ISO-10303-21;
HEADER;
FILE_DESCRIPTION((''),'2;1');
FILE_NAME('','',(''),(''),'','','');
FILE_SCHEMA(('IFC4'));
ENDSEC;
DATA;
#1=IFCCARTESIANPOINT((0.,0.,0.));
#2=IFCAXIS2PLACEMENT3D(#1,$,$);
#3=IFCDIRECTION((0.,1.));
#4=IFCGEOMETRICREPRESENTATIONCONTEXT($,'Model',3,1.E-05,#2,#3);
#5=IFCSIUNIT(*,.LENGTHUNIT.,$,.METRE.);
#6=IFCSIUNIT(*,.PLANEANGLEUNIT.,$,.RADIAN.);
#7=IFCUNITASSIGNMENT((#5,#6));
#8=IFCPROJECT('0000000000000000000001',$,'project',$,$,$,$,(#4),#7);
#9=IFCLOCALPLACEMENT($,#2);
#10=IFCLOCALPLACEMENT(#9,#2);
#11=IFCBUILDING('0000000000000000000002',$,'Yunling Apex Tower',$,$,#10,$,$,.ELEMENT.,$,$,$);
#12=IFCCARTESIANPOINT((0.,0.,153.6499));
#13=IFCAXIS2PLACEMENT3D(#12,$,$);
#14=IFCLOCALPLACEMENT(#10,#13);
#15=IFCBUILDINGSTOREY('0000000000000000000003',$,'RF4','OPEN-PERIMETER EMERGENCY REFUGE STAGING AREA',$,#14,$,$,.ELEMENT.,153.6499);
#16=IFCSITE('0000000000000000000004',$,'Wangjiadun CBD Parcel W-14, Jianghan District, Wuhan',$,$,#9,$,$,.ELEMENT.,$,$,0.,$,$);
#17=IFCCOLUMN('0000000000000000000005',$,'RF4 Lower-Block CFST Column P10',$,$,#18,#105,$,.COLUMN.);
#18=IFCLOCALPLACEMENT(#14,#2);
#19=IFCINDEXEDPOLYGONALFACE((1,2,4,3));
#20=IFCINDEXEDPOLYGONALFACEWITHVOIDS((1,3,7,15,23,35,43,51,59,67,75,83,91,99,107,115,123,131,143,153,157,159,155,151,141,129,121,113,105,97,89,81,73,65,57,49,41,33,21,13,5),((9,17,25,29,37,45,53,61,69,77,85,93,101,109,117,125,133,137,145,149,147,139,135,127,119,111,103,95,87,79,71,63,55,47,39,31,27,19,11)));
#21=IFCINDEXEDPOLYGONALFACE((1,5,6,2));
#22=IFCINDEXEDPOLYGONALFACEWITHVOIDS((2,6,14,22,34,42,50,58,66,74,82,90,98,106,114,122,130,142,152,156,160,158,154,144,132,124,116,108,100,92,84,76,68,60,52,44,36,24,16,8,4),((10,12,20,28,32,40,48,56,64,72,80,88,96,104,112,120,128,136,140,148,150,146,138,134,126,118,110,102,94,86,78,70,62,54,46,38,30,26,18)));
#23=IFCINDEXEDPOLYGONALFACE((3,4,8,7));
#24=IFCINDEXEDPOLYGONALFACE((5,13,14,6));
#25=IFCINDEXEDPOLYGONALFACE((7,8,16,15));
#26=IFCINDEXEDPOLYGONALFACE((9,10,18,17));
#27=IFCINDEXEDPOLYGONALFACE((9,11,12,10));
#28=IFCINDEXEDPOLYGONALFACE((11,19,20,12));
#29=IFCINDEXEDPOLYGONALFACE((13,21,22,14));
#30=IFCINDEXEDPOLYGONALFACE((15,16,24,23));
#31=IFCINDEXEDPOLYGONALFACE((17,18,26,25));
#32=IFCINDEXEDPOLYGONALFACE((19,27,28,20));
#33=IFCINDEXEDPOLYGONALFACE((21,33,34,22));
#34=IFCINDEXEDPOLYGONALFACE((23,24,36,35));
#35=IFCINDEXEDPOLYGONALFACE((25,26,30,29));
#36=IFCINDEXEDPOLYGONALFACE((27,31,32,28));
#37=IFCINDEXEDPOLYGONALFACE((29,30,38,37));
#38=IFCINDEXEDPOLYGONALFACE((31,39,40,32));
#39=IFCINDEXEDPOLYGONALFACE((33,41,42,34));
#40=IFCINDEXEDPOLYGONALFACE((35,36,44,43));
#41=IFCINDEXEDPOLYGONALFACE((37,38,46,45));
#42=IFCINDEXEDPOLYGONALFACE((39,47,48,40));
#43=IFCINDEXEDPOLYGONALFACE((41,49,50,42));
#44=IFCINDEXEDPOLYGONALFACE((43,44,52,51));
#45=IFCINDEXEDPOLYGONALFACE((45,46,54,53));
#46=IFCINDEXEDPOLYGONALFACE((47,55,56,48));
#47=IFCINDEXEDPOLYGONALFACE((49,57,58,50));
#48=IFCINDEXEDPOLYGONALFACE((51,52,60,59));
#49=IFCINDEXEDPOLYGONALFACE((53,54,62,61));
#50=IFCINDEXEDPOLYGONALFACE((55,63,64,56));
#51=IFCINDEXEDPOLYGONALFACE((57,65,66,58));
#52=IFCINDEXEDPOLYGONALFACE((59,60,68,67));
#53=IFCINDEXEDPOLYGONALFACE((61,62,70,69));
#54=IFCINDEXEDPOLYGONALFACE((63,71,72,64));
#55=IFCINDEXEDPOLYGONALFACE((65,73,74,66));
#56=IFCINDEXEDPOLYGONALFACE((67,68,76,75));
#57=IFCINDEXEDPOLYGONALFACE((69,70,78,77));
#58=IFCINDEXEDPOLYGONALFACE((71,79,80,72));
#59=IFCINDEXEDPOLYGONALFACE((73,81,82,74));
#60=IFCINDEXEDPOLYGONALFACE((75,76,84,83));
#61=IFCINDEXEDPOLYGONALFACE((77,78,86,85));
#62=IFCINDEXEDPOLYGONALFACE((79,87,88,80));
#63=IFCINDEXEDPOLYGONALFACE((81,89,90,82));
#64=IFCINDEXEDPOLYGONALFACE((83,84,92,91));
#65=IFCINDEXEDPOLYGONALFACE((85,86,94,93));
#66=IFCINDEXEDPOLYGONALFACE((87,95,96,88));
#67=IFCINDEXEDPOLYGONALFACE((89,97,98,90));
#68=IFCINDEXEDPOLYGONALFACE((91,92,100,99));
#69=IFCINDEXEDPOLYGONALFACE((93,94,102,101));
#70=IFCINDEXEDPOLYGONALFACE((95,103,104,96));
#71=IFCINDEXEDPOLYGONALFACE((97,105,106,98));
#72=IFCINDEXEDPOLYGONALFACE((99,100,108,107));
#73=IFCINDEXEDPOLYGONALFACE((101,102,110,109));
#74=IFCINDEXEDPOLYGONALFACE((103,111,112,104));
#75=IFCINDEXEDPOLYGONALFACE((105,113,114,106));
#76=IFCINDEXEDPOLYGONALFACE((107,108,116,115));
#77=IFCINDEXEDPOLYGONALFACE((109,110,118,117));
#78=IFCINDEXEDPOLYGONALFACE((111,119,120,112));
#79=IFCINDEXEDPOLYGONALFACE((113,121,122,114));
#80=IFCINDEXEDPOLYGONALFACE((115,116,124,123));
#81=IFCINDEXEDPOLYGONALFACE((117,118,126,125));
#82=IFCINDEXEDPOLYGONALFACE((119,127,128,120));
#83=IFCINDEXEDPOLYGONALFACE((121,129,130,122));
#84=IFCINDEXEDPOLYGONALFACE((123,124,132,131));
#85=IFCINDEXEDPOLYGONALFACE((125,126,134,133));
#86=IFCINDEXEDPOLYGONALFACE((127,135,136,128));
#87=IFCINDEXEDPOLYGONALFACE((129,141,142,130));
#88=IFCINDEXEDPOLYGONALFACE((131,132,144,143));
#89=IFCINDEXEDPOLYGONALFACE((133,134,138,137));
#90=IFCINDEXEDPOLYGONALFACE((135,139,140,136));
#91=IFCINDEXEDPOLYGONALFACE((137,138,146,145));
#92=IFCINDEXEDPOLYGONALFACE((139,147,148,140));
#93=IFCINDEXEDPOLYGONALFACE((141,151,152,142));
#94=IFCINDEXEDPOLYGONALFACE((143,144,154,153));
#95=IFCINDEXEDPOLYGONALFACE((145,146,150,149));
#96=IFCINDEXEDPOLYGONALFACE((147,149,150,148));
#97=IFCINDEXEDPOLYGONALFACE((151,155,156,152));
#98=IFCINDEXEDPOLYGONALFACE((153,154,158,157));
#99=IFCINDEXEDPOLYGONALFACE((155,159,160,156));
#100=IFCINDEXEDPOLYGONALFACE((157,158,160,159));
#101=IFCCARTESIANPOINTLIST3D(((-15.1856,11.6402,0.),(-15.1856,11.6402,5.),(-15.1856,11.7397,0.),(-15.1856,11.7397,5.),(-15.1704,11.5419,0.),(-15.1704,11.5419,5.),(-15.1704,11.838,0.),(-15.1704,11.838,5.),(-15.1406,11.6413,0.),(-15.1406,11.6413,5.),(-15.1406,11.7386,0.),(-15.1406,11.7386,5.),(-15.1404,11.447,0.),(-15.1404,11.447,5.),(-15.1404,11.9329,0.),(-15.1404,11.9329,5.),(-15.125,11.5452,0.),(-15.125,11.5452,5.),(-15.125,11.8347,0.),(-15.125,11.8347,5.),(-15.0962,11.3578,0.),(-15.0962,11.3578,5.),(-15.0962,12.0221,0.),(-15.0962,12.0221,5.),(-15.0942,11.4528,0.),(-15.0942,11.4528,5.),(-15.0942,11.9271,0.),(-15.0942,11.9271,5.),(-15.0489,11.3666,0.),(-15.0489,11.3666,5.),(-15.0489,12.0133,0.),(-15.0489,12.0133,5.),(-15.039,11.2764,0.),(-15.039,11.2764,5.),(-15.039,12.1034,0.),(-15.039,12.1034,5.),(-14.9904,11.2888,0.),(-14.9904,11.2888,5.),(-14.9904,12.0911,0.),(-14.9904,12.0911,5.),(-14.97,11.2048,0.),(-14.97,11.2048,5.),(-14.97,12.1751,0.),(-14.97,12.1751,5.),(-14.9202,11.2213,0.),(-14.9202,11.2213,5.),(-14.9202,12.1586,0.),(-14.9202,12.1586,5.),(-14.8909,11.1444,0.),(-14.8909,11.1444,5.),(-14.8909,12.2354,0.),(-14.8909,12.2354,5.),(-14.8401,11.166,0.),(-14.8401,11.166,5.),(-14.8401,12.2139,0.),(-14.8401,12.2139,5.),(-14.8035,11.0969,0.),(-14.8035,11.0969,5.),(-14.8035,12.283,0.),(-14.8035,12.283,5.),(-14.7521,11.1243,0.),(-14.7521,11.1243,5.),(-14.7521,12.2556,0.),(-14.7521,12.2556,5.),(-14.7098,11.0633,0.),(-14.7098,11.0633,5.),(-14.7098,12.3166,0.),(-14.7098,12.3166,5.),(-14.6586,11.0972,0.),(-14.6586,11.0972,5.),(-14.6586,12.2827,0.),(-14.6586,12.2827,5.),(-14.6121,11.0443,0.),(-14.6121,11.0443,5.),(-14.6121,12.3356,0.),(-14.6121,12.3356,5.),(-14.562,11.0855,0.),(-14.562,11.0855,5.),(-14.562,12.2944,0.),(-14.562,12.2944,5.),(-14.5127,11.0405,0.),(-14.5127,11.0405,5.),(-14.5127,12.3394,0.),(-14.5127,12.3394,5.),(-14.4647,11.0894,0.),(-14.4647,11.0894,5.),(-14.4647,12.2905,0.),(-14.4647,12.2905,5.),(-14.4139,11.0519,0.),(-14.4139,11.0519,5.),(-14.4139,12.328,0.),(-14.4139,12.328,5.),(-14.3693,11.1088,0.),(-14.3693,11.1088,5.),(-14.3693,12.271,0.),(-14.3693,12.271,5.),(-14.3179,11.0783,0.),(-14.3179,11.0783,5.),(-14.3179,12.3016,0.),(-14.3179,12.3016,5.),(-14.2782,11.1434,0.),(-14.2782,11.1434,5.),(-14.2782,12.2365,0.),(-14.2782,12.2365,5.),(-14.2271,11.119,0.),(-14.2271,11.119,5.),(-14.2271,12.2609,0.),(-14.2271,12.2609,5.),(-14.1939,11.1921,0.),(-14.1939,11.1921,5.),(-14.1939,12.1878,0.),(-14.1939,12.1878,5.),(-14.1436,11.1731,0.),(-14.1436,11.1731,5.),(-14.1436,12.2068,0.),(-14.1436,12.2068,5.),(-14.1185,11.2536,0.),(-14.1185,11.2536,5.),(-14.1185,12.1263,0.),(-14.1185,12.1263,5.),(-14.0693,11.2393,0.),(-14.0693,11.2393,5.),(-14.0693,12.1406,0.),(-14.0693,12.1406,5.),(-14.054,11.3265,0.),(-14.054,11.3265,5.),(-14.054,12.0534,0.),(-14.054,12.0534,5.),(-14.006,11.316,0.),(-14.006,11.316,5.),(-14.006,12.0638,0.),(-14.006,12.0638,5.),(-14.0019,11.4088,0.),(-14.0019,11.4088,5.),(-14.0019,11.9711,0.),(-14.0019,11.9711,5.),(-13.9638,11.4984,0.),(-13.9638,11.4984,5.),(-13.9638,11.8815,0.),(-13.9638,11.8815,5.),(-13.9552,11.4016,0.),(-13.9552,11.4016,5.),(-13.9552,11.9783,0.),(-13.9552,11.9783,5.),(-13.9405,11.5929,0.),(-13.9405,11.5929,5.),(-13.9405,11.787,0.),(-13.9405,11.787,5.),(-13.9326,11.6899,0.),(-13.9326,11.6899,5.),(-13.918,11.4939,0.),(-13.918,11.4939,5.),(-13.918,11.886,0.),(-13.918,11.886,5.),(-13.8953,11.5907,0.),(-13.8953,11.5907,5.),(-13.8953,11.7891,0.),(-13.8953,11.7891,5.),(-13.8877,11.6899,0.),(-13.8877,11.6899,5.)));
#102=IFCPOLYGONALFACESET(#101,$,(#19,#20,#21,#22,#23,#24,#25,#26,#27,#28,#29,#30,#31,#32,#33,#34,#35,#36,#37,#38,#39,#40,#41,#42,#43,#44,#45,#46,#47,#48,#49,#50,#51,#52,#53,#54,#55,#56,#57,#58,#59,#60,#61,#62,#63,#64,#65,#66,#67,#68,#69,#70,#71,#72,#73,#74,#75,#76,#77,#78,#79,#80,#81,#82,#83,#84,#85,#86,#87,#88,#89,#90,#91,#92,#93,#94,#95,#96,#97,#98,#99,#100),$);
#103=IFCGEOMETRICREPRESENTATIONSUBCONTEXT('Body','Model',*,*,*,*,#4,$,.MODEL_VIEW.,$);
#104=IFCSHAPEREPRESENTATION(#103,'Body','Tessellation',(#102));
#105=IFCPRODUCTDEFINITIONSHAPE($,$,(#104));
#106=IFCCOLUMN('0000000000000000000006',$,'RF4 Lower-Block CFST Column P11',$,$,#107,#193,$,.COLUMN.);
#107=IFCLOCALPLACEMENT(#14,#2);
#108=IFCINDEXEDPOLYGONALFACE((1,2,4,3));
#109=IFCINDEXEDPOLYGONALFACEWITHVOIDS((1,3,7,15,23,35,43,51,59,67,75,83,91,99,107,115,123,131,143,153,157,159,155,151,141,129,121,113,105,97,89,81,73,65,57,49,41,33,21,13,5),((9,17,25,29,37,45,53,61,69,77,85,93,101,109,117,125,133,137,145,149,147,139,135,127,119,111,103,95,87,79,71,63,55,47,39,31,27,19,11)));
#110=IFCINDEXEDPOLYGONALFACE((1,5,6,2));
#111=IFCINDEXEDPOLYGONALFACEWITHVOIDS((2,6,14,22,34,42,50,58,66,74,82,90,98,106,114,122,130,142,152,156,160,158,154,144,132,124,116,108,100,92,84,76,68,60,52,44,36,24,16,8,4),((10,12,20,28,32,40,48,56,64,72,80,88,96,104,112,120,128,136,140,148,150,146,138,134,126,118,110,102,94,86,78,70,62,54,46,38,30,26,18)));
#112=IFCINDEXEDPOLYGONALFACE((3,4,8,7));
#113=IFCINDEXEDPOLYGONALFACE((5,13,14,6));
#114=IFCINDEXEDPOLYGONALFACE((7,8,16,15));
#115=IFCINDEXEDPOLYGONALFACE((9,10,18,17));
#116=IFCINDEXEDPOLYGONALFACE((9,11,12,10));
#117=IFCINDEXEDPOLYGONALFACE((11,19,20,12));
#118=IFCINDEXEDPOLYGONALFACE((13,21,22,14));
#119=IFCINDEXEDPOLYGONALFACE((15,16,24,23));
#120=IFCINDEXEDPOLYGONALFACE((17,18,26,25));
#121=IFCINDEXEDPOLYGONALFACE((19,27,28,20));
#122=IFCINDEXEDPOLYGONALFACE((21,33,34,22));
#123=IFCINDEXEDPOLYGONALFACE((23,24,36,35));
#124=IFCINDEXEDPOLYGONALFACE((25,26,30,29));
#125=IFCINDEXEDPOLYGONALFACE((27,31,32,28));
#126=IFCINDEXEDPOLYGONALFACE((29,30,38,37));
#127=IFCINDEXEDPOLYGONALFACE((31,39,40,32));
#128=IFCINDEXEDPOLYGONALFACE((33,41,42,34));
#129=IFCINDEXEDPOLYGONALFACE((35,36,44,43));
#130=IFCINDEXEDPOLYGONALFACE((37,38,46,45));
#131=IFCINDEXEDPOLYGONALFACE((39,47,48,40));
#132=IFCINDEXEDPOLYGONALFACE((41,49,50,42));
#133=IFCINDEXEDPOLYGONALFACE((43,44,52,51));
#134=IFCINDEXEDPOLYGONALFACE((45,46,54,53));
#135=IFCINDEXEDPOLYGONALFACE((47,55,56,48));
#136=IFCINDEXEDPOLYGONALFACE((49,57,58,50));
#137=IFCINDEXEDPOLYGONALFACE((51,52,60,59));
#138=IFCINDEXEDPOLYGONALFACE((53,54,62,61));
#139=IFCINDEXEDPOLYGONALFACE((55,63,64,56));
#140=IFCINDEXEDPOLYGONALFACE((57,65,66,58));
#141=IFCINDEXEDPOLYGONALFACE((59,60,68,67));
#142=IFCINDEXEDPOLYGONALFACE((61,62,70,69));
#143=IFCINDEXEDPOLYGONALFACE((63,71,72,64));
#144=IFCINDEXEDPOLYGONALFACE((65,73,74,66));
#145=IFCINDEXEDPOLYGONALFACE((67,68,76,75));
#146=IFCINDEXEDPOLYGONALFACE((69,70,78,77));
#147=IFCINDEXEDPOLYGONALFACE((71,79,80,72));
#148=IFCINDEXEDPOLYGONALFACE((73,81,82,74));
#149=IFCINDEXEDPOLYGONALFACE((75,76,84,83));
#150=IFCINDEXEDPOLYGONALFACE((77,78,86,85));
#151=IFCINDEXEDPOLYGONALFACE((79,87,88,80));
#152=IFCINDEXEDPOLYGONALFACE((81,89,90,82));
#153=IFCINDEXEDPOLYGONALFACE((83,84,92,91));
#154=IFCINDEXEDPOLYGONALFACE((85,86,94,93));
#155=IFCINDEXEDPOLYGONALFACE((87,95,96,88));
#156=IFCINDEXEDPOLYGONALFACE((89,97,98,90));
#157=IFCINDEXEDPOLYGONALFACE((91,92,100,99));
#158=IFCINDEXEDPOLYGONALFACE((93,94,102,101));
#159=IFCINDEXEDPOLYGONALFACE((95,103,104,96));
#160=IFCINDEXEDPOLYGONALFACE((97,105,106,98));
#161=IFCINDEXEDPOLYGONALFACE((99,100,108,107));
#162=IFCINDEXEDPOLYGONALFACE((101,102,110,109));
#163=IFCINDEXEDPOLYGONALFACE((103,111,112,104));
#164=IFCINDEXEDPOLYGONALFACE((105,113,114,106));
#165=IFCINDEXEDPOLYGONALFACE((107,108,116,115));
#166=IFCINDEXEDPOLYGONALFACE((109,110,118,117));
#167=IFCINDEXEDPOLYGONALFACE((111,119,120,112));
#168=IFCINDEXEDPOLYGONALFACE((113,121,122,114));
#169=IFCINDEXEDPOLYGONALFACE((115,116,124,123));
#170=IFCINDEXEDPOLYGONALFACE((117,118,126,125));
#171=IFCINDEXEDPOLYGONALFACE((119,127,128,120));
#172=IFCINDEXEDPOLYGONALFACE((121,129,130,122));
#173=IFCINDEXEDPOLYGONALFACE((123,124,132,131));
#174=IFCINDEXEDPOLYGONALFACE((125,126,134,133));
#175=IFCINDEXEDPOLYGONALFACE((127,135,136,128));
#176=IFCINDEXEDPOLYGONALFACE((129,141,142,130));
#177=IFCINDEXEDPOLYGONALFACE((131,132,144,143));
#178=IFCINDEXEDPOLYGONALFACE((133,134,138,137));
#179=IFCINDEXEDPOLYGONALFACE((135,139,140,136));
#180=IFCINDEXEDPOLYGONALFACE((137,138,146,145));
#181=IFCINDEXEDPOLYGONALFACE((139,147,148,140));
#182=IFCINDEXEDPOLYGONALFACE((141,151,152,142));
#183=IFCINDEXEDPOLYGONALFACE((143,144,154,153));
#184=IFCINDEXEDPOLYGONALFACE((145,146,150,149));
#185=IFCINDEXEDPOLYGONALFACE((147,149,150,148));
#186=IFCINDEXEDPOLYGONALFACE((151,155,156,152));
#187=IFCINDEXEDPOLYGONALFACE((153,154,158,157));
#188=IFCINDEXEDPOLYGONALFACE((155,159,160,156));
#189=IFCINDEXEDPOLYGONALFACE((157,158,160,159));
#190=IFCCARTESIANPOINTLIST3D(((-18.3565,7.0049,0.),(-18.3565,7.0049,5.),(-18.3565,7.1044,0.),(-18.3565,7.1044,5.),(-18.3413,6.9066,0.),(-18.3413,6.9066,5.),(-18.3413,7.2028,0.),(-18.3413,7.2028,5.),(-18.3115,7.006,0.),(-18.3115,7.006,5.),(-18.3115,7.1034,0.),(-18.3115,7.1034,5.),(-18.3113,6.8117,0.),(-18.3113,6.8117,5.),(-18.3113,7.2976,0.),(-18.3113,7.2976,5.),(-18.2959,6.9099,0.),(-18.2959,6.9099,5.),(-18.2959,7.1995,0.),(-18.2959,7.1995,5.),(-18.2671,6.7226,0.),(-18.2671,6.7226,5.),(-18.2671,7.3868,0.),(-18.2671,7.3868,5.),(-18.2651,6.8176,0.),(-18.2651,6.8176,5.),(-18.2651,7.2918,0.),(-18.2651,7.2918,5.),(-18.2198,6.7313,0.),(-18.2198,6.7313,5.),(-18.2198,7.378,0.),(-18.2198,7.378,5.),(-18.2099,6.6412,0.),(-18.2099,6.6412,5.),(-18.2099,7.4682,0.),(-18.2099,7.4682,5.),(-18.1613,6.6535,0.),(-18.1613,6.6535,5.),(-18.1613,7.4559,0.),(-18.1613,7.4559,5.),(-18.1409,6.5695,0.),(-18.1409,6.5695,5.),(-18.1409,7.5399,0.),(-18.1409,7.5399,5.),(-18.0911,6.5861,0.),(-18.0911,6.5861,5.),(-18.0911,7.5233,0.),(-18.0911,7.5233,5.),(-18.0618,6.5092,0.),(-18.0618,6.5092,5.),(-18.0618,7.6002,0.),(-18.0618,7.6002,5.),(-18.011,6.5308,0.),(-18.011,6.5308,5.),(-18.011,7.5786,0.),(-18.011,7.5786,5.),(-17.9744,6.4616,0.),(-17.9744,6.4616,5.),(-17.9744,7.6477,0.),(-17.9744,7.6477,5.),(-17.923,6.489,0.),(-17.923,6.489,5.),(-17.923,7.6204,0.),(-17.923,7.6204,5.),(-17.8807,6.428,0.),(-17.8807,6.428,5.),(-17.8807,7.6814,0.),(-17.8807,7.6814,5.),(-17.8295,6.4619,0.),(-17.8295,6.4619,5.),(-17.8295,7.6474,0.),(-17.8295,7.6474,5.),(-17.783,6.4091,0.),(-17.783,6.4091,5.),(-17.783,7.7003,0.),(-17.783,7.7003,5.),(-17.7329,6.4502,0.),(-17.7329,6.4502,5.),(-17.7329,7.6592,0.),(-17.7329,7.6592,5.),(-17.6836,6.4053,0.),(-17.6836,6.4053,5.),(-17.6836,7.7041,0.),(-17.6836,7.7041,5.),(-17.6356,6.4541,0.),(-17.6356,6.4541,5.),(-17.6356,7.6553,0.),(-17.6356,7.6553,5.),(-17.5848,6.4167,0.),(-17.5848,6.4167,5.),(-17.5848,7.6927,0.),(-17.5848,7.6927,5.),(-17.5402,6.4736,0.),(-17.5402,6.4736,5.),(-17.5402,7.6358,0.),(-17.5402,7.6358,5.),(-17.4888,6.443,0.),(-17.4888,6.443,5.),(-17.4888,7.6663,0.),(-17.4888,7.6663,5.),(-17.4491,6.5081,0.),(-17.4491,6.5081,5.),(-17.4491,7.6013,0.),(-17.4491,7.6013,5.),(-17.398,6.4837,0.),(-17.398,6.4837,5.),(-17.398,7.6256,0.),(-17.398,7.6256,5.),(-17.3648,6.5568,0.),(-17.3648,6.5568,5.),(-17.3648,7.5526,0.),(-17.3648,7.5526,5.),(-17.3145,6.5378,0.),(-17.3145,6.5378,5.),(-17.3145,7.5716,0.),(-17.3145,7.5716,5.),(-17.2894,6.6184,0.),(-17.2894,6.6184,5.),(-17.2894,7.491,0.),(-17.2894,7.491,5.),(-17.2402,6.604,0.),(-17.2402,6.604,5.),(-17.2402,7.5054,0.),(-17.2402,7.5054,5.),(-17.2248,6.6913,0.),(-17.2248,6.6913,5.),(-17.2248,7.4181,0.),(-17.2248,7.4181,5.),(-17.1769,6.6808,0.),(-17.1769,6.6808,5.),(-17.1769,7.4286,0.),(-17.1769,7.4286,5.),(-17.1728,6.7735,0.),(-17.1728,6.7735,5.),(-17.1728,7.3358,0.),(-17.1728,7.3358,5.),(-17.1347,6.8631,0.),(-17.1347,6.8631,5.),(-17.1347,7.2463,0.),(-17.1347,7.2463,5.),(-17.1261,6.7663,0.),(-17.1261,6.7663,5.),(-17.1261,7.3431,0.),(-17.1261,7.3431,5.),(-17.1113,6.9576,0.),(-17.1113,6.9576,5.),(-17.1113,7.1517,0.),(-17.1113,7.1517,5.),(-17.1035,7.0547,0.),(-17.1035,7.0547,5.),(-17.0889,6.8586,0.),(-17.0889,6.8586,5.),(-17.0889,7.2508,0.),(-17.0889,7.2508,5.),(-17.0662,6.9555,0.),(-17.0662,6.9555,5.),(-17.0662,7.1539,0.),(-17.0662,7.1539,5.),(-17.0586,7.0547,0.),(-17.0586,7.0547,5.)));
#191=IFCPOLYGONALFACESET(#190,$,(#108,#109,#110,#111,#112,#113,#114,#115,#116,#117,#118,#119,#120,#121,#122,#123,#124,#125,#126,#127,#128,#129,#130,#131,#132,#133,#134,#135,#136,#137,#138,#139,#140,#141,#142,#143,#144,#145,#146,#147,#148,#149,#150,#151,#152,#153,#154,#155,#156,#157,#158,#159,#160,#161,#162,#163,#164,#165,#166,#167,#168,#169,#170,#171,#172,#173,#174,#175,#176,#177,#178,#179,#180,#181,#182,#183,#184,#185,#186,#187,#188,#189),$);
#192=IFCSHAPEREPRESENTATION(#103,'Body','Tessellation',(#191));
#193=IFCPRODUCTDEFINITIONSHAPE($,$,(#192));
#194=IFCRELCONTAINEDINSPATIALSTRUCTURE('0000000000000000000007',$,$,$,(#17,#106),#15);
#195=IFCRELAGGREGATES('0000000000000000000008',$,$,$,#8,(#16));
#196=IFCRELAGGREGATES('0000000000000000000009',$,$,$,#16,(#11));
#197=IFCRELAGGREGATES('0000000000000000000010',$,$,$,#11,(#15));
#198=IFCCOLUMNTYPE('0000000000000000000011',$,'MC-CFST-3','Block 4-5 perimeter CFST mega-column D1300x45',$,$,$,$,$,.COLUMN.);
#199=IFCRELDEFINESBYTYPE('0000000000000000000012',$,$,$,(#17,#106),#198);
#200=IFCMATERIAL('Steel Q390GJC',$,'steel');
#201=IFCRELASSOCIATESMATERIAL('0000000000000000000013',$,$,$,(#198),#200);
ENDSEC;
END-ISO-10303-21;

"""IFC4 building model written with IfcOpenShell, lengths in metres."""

from ifc_helpers import new_model, si_unit, direction, frame, origin, origin_2d, place, context, subcontext, project, spatial, hollow_circle, extrude, source, transform, mapped, material, material_profile, profile_set, type_object, element, save


model = new_model("IFC4")

# Units and contexts
model_context = context("Model", 3, precision=1e-05, world=origin(), true_north=direction((0.0, 1.0)))
body_context = subcontext(model_context, "Body", "Model", "MODEL_VIEW")
ifc_project = project(units=[si_unit("LENGTHUNIT", "METRE"), si_unit("PLANEANGLEUNIT", "RADIAN")], contexts=[model_context])

# Site, building, storey
site_placement = place(None, origin())
site = spatial("IfcSite", under=ifc_project, at=site_placement, Name="Wangjiadun CBD Parcel W-14, Jianghan District, Wuhan", CompositionType="ELEMENT", RefElevation=0.0)
building_placement = place(site_placement, origin())
building = spatial("IfcBuilding", under=site, at=building_placement, Name="Yunling Apex Tower", CompositionType="ELEMENT")
storey_placement = place(building_placement, frame((0.0, 0.0, 153.6499)))
storey = spatial("IfcBuildingStorey", under=building, at=storey_placement, Name="RF4", Description="OPEN-PERIMETER EMERGENCY REFUGE STAGING AREA", CompositionType="ELEMENT", Elevation=153.6499)

# Columns
ifc_material_1 = material(Name="Steel Q390GJC", Category="steel")
ifc_material_profile_1 = material_profile(ifc_material_1, hollow_circle(Radius=0.6499, WallThickness=0.0449, at=origin_2d()))
ifc_profile_set_1 = profile_set([ifc_material_profile_1], Name="Steel Q390GJC")
column_type = type_object("IfcColumnType", Name="MC-CFST-3", Description="Block 4-5 perimeter CFST mega-column D1300x45", PredefinedType="COLUMN", material=ifc_profile_set_1)
shared_shape_1 = source(origin(), body_context, "Body", "SweptSolid", [
    extrude(hollow_circle(Radius=0.6499, WallThickness=0.0449, at=origin_2d()), origin(), (0.0, 0.0, 1.0), 5.0),
])
for number, where, z_axis, x_axis, name in (
    (1, (-14.5376, 11.6899, 0.0), (0.0, 0.0, 1.0), (1.0, 0.0, 0.0), "RF4 Lower-Block CFST Column P10"),
    (2, (-17.7085, 7.0547, 0.0), (0.0, 0.0, 1.0), (1.0, 0.0, 0.0), "RF4 Lower-Block CFST Column P11"),
):
    element("IfcColumn", number, at=place(storey_placement, frame(where, z_axis=z_axis, x_axis=x_axis)), inside=storey, type_object=column_type, Name=name, PredefinedType="COLUMN", context=body_context, shape_type="MappedRepresentation", body=[
        mapped(shared_shape_1, transform((0.0, 0.0, 0.0), scale=1.0)),
    ])

save(model, "model.ifc")
